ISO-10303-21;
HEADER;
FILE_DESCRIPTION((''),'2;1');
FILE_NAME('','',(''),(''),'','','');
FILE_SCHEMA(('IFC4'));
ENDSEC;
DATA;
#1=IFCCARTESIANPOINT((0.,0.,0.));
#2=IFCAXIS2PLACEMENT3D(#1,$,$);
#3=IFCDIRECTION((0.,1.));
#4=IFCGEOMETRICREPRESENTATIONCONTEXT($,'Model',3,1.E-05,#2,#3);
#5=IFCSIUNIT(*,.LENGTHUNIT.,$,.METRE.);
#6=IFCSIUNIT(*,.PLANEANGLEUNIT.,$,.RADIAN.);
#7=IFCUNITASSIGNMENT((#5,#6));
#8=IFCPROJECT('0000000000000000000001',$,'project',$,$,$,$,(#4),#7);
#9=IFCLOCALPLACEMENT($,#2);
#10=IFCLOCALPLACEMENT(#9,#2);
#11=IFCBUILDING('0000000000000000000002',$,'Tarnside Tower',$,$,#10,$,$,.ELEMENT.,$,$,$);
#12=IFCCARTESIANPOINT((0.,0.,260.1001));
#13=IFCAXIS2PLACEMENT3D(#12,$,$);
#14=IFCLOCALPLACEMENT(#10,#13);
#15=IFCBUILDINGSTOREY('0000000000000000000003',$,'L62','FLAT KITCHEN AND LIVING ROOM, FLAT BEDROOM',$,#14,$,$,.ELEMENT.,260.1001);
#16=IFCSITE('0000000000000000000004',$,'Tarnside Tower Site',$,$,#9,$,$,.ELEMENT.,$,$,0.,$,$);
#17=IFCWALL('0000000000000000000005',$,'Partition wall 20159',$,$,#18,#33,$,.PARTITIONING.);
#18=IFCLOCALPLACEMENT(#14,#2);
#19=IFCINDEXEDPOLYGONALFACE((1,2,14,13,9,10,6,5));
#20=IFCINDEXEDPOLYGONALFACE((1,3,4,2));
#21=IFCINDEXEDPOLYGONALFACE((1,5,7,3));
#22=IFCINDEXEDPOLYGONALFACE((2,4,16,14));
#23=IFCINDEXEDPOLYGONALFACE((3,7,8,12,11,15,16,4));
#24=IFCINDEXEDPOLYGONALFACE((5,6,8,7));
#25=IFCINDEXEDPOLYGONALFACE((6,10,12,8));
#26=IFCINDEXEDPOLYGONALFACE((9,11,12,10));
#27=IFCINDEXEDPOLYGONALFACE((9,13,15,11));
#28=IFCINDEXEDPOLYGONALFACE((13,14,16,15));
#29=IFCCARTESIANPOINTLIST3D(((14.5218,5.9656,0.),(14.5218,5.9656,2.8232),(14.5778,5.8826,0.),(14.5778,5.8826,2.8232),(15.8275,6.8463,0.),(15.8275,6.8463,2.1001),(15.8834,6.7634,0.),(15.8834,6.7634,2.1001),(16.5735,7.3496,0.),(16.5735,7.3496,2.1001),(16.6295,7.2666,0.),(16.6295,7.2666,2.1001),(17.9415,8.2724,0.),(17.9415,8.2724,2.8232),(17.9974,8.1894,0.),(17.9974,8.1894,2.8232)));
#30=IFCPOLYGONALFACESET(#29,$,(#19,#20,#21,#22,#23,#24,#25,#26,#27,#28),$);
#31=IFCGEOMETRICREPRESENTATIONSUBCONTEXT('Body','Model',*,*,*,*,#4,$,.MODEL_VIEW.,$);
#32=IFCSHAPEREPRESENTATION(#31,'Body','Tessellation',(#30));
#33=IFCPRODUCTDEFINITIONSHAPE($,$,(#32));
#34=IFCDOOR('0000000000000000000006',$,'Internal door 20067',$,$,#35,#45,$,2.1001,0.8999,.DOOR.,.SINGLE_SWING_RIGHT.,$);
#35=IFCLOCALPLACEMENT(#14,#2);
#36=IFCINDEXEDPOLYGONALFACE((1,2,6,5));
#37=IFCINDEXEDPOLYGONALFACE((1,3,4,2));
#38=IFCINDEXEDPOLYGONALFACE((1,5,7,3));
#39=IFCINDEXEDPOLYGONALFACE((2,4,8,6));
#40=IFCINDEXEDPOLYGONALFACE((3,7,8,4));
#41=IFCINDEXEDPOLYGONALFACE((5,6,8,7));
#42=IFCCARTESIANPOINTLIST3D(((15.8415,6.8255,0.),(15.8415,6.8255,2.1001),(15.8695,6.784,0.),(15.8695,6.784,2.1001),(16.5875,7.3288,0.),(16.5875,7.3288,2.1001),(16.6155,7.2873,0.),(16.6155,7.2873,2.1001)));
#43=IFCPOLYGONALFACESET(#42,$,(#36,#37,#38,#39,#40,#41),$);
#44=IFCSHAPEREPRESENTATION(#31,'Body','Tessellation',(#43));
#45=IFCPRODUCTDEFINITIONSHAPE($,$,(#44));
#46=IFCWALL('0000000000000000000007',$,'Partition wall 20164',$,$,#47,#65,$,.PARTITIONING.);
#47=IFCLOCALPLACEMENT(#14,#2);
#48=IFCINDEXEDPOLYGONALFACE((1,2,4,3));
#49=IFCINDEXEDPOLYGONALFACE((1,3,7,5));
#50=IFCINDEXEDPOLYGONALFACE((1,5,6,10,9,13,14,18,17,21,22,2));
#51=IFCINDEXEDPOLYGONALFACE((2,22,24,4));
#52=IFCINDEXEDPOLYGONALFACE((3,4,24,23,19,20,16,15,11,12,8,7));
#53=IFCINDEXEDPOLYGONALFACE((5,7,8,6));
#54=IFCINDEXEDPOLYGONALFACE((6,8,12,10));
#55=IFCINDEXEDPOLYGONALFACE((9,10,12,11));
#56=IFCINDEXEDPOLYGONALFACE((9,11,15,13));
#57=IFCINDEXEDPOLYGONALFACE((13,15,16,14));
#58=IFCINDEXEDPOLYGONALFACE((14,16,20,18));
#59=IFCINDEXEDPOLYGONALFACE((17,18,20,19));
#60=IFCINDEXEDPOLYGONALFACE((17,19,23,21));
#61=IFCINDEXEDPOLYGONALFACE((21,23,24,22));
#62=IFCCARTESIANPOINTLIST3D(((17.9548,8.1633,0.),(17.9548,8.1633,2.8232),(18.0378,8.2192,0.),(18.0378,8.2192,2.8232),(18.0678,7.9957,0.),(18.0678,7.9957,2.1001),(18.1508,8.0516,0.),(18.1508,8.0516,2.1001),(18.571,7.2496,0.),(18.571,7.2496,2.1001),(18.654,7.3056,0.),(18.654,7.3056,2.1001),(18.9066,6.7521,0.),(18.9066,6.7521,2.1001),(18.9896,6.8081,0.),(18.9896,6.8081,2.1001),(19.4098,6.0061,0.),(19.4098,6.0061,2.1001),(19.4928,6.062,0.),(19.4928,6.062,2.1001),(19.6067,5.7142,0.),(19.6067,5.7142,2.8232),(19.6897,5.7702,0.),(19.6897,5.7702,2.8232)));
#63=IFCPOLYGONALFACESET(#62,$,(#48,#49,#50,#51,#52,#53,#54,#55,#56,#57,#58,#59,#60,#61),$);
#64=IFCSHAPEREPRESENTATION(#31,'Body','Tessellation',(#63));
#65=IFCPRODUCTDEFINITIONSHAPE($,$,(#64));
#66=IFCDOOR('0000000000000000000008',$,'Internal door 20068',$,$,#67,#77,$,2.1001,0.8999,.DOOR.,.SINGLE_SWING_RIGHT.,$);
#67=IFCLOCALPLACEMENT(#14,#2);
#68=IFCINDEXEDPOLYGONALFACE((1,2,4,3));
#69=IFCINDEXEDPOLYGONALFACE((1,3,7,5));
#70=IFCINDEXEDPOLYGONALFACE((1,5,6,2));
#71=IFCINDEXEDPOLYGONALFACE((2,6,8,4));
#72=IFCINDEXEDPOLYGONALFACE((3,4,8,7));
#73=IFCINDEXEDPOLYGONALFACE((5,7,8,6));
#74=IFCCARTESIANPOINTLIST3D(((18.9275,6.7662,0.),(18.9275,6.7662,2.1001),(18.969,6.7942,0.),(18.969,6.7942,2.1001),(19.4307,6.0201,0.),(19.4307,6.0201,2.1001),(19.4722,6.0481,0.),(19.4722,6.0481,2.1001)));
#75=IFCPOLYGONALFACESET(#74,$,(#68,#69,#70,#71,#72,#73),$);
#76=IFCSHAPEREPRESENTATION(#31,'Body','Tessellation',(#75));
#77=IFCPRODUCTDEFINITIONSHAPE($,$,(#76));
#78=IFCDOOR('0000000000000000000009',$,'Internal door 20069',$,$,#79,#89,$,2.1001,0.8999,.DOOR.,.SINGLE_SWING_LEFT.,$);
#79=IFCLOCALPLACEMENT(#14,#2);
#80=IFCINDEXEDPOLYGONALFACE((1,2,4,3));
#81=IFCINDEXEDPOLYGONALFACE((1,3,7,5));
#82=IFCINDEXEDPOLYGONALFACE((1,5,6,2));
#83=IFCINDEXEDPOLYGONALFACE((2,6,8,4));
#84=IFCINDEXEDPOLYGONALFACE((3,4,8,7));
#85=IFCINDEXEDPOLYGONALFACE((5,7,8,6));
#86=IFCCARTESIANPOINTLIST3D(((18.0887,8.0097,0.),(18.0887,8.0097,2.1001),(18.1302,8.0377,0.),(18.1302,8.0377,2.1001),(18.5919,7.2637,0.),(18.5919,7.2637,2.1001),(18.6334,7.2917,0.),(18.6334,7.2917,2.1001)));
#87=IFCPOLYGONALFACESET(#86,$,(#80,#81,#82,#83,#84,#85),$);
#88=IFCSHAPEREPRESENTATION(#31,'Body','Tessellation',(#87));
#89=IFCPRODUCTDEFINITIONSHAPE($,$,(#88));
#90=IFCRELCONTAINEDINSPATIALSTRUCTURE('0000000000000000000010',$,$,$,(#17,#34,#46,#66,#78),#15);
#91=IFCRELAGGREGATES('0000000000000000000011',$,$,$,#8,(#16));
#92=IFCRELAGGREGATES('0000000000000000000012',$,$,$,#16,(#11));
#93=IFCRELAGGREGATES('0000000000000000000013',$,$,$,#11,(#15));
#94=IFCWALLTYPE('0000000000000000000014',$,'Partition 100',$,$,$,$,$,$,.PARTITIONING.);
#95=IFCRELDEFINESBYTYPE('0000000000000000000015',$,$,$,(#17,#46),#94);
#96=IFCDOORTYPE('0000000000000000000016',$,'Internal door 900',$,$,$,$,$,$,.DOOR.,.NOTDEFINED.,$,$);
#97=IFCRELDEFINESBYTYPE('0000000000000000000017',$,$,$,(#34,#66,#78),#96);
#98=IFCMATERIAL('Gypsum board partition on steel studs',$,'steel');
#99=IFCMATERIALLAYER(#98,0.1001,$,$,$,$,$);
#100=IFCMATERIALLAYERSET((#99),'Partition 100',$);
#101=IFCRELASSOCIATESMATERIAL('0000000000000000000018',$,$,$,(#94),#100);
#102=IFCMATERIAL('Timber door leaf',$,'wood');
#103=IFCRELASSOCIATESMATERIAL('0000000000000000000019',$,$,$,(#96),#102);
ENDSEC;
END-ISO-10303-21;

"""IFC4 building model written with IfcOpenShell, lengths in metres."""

from ifc_helpers import new_model, si_unit, direction, frame, frame_2d, origin, place, context, subcontext, project, spatial, rectangle, extrude, material, layer, layer_set, type_object, element, fill, save


model = new_model("IFC4")

# Units and contexts
model_context = context("Model", 3, precision=1e-05, world=origin(), true_north=direction((0.0, 1.0)))
body_context = subcontext(model_context, "Body", "Model", "MODEL_VIEW")
ifc_project = project(units=[si_unit("LENGTHUNIT", "METRE"), si_unit("PLANEANGLEUNIT", "RADIAN")], contexts=[model_context])

# Site, building, storey
site_placement = place(None, origin())
site = spatial("IfcSite", under=ifc_project, at=site_placement, Name="Tarnside Tower Site", CompositionType="ELEMENT", RefElevation=0.0)
building_placement = place(site_placement, origin())
building = spatial("IfcBuilding", under=site, at=building_placement, Name="Tarnside Tower", CompositionType="ELEMENT")
storey_placement = place(building_placement, frame((0.0, 0.0, 260.1001)))
storey = spatial("IfcBuildingStorey", under=building, at=storey_placement, Name="L62", Description="FLAT KITCHEN AND LIVING ROOM, FLAT BEDROOM", CompositionType="ELEMENT", Elevation=260.1001)

# Shared definitions
ifc_material_1 = material(Name="Gypsum board partition on steel studs", Category="steel")
ifc_material_2 = material(Name="Timber door leaf", Category="wood")

# Wall, opening, door
ifc_layer_1 = layer(ifc_material_1, 0.1001)
ifc_layer_set_1 = layer_set([ifc_layer_1], Name="Partition 100")
wall_type_1 = type_object("IfcWallType", Name="Partition 100", PredefinedType="PARTITIONING", material=ifc_layer_set_1)
wall_1_placement = place(storey_placement, frame((14.5498, 5.9241, 0.0), z_axis=(0.0, 0.0, 1.0), x_axis=(0.829006, 0.55924, 0.0)))
wall_1 = element("IfcWall", 1, at=wall_1_placement, inside=storey, type_object=wall_type_1, Name="Partition wall 20159", PredefinedType="PARTITIONING", context=body_context, shape_type="SweptSolid", body=[
    extrude(rectangle(XDim=4.125, YDim=0.1001, at=frame_2d((2.0625, 0.0))), origin(), (0.0, 0.0, 1.0), 2.8232),
])
opening_1_placement = place(wall_1_placement, frame((1.575, 0.0, 0.0)))
opening_1 = element("IfcOpeningElement", 2, at=opening_1_placement, cuts=wall_1, PredefinedType="OPENING", context=body_context, shape_type="SweptSolid", body=[
    extrude(rectangle(XDim=0.8999, YDim=2.1001, at=frame_2d((0.45, 1.05))), frame((0.0, 0.0601, 0.0), z_axis=(0.0, -1.0, 0.0), x_axis=(1.0, 0.0, 0.0)), (0.0, 0.0, 1.0), 0.1201),
])
door_type_1 = type_object("IfcDoorType", Name="Internal door 900", OperationType="NOTDEFINED", PredefinedType="DOOR", material=ifc_material_2)
door_1_placement = place(opening_1_placement, origin())
door_1 = element("IfcDoor", 3, at=door_1_placement, inside=storey, type_object=door_type_1, Name="Internal door 20067", OperationType="SINGLE_SWING_RIGHT", OverallHeight=2.1001, OverallWidth=0.8999, PredefinedType="DOOR", context=body_context, shape_type="SweptSolid", body=[
    extrude(rectangle(XDim=0.8999, YDim=2.1001, at=frame_2d((0.45, 1.05))), frame((0.0, 0.0249, 0.0), z_axis=(0.0, -1.0, 0.0), x_axis=(1.0, 0.0, 0.0)), (0.0, 0.0, 1.0), 0.05),
])
fill(opening_1, door_1)

# Wall, openings, doors
wall_2_placement = place(storey_placement, frame((19.6482, 5.7422, 0.0), z_axis=(0.0, 0.0, 1.0), x_axis=(-0.559193, 0.829037, 0.0)))
wall_2 = element("IfcWall", 4, at=wall_2_placement, inside=storey, type_object=wall_type_1, Name="Partition wall 20164", PredefinedType="PARTITIONING", context=body_context, shape_type="SweptSolid", body=[
    extrude(rectangle(XDim=2.9541, YDim=0.1001, at=frame_2d((1.4771, 0.0))), origin(), (0.0, 0.0, 1.0), 2.8232),
])
opening_2_placement = place(wall_2_placement, frame((0.3521, 0.0, 0.0)))
opening_2 = element("IfcOpeningElement", 5, at=opening_2_placement, cuts=wall_2, PredefinedType="OPENING", context=body_context, shape_type="SweptSolid", body=[
    extrude(rectangle(XDim=0.8999, YDim=2.1001, at=frame_2d((0.45, 1.05))), frame((0.0, 0.0601, 0.0), z_axis=(0.0, -1.0, 0.0), x_axis=(1.0, 0.0, 0.0)), (0.0, 0.0, 1.0), 0.1201),
])
opening_3_placement = place(wall_2_placement, frame((1.8521, 0.0, 0.0)))
opening_3 = element("IfcOpeningElement", 6, at=opening_3_placement, cuts=wall_2, PredefinedType="OPENING", context=body_context, shape_type="SweptSolid", body=[
    extrude(rectangle(XDim=0.8999, YDim=2.1001, at=frame_2d((0.45, 1.05))), frame((0.0, 0.0601, 0.0), z_axis=(0.0, -1.0, 0.0), x_axis=(1.0, 0.0, 0.0)), (0.0, 0.0, 1.0), 0.1201),
])
door_2_placement = place(opening_2_placement, origin())
door_2 = element("IfcDoor", 7, at=door_2_placement, inside=storey, type_object=door_type_1, Name="Internal door 20068", OperationType="SINGLE_SWING_RIGHT", OverallHeight=2.1001, OverallWidth=0.8999, PredefinedType="DOOR", context=body_context, shape_type="SweptSolid", body=[
    extrude(rectangle(XDim=0.8999, YDim=2.1001, at=frame_2d((0.45, 1.05))), frame((0.0, 0.0249, 0.0), z_axis=(0.0, -1.0, 0.0), x_axis=(1.0, 0.0, 0.0)), (0.0, 0.0, 1.0), 0.05),
])
fill(opening_2, door_2)
door_3_placement = place(opening_3_placement, origin())
door_3 = element("IfcDoor", 8, at=door_3_placement, inside=storey, type_object=door_type_1, Name="Internal door 20069", OperationType="SINGLE_SWING_LEFT", OverallHeight=2.1001, OverallWidth=0.8999, PredefinedType="DOOR", context=body_context, shape_type="SweptSolid", body=[
    extrude(rectangle(XDim=0.8999, YDim=2.1001, at=frame_2d((0.45, 1.05))), frame((0.0, 0.0249, 0.0), z_axis=(0.0, -1.0, 0.0), x_axis=(1.0, 0.0, 0.0)), (0.0, 0.0, 1.0), 0.05),
])
fill(opening_3, door_3)

save(model, "model.ifc")
